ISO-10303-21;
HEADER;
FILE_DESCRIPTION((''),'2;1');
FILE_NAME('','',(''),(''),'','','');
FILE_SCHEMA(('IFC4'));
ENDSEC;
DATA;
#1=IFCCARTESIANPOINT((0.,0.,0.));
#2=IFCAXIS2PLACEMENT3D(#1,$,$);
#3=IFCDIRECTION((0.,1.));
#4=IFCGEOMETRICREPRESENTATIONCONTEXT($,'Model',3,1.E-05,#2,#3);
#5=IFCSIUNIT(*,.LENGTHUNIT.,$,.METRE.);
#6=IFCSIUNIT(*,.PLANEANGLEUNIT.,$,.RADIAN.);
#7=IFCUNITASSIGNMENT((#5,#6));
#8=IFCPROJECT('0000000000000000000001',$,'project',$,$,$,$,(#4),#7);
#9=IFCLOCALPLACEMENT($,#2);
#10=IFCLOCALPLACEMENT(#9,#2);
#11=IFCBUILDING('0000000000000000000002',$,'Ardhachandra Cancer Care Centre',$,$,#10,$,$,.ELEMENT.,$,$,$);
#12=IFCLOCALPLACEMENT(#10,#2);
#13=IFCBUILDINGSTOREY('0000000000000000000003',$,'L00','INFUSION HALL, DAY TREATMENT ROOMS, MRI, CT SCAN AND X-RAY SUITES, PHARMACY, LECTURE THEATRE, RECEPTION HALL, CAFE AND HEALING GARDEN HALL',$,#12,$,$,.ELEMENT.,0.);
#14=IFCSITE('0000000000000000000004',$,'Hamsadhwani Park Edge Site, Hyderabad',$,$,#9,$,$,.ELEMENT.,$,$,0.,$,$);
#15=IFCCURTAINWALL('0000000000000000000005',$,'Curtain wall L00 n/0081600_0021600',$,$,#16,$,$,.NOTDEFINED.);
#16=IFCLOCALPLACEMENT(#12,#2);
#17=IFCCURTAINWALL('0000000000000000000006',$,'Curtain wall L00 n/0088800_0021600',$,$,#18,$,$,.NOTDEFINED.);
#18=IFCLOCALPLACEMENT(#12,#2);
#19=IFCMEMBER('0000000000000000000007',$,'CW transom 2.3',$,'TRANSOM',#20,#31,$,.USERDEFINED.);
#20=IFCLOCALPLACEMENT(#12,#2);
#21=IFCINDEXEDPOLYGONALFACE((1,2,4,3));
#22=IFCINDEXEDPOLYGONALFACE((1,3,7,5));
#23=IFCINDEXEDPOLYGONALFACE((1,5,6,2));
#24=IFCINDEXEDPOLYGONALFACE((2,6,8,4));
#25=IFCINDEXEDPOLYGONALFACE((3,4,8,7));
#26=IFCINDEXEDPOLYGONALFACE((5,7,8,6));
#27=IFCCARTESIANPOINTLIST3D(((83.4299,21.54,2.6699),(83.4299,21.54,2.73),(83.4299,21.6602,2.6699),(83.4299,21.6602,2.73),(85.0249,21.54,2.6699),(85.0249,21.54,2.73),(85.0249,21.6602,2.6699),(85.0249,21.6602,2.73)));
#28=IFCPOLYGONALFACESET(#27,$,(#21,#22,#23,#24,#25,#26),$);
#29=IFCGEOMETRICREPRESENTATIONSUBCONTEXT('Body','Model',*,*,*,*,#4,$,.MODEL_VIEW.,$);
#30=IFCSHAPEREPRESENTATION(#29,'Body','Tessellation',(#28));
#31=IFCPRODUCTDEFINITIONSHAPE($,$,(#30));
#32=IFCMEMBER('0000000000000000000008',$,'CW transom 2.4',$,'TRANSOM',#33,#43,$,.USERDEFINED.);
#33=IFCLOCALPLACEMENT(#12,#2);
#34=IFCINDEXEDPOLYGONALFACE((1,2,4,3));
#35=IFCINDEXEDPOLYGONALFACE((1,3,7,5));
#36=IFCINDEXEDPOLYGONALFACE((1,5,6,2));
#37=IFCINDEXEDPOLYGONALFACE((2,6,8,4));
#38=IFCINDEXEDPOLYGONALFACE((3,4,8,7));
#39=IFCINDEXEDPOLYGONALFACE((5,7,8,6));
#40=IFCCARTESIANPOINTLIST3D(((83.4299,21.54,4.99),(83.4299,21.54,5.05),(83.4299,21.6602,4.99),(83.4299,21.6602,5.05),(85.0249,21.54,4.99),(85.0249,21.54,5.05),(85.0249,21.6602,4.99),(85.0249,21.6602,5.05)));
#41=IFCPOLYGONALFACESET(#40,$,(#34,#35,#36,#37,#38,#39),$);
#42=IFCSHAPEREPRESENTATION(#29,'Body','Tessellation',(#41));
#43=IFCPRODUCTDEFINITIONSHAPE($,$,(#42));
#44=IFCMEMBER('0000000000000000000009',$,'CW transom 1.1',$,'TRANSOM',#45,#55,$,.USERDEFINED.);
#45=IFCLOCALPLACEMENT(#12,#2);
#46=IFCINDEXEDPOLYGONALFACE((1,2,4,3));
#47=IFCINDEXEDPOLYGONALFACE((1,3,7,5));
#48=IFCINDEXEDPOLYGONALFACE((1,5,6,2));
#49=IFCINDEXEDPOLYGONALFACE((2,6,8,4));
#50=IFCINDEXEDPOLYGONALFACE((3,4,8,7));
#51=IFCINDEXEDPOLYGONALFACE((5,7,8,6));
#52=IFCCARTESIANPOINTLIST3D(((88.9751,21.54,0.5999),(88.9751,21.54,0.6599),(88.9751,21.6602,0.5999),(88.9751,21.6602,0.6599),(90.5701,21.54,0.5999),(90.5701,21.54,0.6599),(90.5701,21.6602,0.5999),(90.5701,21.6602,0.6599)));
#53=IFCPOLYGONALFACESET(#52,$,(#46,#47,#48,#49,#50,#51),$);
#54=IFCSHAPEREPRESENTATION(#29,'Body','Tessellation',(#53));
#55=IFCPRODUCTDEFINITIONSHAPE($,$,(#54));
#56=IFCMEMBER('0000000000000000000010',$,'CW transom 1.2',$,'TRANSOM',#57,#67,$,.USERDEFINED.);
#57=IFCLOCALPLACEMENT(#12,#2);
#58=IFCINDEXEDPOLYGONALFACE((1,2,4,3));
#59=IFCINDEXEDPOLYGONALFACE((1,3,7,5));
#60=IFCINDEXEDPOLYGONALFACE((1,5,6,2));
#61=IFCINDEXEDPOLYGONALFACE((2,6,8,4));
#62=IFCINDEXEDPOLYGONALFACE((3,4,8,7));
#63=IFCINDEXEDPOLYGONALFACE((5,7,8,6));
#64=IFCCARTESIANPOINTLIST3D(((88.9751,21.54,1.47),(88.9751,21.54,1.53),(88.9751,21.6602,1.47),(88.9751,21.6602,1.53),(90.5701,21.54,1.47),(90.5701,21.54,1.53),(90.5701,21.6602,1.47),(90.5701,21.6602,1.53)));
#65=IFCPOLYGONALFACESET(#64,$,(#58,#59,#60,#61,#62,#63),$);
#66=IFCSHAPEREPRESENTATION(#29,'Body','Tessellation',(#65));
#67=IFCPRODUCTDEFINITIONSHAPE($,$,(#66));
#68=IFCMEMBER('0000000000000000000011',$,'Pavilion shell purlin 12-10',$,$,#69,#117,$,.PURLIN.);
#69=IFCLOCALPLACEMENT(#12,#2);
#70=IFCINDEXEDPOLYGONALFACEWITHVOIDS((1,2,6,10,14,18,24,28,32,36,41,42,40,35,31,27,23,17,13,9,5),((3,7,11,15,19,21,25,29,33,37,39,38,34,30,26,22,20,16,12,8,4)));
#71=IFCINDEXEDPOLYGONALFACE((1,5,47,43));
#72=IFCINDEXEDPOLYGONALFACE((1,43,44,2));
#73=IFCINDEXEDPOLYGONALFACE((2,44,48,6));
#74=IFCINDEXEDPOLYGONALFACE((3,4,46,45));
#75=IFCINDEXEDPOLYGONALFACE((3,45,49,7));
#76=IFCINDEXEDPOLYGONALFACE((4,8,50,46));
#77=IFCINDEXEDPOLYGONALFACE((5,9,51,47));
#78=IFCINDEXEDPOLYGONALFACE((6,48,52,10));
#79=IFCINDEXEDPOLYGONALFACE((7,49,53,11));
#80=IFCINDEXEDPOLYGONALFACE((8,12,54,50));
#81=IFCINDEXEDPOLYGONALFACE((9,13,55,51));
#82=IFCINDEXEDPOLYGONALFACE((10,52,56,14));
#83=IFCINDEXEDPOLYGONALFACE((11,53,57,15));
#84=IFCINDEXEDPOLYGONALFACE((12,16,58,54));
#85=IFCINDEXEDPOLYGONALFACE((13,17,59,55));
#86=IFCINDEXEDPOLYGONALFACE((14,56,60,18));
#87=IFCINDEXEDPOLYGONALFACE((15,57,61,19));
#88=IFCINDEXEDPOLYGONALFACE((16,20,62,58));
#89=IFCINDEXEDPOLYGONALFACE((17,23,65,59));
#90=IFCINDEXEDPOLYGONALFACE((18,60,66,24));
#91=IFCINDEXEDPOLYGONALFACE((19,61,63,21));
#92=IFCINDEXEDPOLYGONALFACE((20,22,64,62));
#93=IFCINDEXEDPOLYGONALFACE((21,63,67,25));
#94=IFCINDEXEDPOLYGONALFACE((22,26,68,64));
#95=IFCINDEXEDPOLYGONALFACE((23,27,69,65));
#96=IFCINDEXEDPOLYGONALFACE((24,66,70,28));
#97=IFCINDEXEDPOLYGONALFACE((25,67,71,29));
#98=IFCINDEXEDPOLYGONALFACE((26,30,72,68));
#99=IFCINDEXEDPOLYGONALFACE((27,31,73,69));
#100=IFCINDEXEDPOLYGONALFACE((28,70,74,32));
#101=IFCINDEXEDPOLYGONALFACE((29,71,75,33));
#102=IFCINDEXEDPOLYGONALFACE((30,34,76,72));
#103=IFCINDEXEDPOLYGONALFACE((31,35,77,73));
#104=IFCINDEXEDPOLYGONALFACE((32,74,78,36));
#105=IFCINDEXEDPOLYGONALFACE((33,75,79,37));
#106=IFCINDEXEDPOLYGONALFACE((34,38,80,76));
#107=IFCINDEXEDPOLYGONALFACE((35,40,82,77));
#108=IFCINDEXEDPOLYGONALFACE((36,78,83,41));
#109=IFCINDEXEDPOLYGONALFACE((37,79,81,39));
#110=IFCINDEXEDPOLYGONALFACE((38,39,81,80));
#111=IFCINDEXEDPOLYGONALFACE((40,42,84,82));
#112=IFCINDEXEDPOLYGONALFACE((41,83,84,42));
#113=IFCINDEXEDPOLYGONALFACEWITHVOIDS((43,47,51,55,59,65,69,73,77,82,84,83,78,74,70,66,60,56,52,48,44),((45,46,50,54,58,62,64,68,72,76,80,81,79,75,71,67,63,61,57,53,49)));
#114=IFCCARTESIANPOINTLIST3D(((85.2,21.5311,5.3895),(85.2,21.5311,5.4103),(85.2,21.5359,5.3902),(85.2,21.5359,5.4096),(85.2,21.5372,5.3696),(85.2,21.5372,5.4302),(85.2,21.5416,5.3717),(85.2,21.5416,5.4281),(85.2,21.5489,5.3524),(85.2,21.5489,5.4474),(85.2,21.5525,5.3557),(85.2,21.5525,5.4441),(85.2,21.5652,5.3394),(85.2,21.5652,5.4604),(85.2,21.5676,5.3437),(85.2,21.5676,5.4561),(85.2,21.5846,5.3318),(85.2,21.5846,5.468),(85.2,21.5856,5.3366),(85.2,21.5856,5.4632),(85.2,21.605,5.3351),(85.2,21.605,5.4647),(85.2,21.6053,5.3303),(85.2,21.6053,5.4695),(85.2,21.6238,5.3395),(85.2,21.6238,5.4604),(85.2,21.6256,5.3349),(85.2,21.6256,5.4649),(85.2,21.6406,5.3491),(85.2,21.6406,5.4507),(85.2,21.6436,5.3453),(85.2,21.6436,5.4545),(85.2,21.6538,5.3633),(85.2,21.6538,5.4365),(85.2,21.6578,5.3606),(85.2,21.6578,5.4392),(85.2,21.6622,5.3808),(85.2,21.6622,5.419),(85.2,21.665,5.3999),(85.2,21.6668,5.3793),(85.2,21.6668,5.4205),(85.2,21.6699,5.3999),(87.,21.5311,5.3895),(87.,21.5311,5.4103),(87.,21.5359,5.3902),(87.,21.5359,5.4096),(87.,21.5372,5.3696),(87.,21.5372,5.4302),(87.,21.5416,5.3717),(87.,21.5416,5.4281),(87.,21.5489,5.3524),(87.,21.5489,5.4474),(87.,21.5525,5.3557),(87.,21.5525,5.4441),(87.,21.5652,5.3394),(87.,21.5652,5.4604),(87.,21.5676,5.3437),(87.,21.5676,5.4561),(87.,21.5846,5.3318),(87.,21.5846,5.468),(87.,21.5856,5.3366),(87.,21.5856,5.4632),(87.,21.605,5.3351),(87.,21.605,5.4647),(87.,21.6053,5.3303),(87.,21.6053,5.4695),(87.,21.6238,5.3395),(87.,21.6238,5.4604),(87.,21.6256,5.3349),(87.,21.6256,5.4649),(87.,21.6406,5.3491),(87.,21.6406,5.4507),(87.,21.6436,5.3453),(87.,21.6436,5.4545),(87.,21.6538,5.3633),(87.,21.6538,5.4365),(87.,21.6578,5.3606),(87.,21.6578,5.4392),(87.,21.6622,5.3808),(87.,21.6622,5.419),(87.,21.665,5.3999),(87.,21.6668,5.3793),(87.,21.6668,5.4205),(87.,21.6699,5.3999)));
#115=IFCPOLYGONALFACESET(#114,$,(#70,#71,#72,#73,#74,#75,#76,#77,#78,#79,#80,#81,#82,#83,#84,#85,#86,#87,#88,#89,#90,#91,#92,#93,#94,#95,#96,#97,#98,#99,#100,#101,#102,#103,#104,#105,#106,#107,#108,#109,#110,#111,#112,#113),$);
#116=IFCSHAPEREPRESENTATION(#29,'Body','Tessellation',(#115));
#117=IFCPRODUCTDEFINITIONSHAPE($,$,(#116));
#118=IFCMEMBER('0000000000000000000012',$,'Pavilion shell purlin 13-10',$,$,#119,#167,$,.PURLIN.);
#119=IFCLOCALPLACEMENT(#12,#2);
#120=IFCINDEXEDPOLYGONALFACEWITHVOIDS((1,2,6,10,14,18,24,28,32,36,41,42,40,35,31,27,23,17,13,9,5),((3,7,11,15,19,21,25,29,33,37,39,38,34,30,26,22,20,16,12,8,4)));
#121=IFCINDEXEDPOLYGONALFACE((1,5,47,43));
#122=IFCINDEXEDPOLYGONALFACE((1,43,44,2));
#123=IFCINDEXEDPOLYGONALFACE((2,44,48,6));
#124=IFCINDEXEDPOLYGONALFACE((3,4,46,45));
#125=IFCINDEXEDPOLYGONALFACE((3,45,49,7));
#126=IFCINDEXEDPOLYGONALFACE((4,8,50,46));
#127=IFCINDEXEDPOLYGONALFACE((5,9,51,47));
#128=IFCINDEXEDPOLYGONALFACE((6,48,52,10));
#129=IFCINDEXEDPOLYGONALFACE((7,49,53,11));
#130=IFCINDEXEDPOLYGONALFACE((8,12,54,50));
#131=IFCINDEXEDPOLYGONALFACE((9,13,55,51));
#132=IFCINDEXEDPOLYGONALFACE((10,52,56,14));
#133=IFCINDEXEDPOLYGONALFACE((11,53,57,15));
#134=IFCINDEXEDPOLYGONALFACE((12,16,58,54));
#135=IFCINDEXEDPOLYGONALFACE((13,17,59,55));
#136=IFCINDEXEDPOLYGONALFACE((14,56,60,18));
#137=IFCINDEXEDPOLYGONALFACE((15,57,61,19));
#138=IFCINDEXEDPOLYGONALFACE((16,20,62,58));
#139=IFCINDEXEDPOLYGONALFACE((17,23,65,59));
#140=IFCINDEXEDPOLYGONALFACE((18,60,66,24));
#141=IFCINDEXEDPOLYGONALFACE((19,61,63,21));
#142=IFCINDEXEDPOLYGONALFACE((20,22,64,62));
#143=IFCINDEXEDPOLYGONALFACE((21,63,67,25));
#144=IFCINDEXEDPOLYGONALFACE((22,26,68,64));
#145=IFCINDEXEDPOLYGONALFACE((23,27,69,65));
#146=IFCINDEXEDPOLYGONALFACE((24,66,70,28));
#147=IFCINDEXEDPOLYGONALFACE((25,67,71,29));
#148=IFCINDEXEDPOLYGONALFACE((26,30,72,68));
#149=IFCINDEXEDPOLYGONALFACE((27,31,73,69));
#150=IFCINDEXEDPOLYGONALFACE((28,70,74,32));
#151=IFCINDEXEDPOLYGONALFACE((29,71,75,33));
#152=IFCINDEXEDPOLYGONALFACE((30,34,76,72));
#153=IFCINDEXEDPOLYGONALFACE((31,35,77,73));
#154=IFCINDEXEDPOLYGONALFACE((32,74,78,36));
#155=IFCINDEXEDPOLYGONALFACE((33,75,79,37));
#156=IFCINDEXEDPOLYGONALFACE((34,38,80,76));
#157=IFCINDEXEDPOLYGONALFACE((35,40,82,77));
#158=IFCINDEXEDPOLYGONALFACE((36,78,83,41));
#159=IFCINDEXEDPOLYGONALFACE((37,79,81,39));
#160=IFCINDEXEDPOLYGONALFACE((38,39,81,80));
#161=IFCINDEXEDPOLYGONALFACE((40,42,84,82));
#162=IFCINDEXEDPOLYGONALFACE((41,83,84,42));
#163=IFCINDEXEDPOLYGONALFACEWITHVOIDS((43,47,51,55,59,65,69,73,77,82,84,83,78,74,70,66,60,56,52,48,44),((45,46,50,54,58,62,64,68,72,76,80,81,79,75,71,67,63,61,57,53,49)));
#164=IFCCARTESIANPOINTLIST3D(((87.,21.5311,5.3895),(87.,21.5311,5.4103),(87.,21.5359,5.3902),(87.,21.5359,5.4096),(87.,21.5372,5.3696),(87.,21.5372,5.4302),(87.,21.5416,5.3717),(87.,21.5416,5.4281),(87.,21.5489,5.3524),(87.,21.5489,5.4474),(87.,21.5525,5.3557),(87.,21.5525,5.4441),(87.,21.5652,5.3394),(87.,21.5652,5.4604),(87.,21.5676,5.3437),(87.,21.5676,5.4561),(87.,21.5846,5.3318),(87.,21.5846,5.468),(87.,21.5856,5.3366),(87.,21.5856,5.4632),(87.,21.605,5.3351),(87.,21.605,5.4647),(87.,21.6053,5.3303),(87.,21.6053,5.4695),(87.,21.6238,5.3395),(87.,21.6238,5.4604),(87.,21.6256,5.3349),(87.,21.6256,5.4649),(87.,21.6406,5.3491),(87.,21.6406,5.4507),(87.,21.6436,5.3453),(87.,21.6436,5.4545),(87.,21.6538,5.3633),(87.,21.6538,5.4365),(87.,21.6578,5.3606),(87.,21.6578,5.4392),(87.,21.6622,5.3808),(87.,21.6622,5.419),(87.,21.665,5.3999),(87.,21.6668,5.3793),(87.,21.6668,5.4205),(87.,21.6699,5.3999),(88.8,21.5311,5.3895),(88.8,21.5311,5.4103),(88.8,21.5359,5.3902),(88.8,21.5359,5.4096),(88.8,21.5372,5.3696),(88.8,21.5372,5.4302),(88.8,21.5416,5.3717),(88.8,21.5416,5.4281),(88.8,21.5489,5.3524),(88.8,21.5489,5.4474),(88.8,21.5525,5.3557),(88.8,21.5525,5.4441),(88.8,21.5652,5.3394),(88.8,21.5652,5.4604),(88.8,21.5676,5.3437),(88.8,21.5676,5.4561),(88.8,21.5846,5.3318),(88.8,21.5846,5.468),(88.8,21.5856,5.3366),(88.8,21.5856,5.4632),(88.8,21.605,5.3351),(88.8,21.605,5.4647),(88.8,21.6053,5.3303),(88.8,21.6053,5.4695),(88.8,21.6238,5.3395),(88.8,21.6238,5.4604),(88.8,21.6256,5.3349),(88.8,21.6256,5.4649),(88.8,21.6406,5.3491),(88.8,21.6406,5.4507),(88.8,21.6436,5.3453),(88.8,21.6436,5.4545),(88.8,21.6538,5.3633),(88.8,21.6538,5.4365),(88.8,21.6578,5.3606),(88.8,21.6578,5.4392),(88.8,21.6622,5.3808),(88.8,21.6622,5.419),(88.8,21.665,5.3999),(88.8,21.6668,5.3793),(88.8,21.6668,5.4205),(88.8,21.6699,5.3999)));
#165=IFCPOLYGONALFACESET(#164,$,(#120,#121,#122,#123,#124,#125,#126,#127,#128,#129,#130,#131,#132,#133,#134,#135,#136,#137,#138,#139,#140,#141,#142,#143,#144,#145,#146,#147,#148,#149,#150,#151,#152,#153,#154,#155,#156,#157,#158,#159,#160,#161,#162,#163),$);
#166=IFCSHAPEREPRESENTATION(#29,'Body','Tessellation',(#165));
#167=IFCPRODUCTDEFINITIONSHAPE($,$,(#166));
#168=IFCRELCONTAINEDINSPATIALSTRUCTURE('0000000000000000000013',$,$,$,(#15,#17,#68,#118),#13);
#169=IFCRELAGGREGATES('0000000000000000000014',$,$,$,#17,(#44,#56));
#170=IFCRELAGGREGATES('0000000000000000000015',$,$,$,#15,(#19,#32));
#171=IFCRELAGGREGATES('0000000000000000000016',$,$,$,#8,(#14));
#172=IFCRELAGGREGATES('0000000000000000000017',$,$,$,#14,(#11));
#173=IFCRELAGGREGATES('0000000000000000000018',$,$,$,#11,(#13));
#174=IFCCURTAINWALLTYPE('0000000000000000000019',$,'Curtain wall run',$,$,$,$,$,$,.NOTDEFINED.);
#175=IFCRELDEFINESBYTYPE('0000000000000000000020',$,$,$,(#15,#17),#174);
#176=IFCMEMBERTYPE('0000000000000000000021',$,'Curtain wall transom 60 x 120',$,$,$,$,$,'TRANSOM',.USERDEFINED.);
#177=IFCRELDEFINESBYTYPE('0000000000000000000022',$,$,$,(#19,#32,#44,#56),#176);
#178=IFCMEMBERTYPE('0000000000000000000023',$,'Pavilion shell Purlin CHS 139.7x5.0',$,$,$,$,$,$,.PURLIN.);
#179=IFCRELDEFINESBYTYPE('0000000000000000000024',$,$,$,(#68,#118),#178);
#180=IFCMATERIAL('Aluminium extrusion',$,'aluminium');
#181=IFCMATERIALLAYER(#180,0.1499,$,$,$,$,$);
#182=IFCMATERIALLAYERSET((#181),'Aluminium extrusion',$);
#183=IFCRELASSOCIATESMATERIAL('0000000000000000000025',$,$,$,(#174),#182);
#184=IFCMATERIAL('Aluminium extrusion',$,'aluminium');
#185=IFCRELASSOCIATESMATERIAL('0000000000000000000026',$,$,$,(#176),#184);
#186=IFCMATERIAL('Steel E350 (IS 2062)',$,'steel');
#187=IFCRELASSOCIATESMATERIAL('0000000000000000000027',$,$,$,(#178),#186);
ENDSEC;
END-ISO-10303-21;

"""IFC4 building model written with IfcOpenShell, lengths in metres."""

from ifc_helpers import new_model, si_unit, direction, frame, origin, origin_2d, place, context, subcontext, project, spatial, rectangle, hollow_circle, extrude, material, layer, layer_set, material_profile, profile_set, type_object, element, aggregate, save


model = new_model("IFC4")

# Units and contexts
model_context = context("Model", 3, precision=1e-05, world=origin(), true_north=direction((0.0, 1.0)))
body_context = subcontext(model_context, "Body", "Model", "MODEL_VIEW")
ifc_project = project(units=[si_unit("LENGTHUNIT", "METRE"), si_unit("PLANEANGLEUNIT", "RADIAN")], contexts=[model_context])

# Site, building, storey
site_placement = place(None, origin())
site = spatial("IfcSite", under=ifc_project, at=site_placement, Name="Hamsadhwani Park Edge Site, Hyderabad", CompositionType="ELEMENT", RefElevation=0.0)
building_placement = place(site_placement, origin())
building = spatial("IfcBuilding", under=site, at=building_placement, Name="Ardhachandra Cancer Care Centre", CompositionType="ELEMENT")
storey_placement = place(building_placement, origin())
storey = spatial("IfcBuildingStorey", under=building, at=storey_placement, Name="L00", Description="INFUSION HALL, DAY TREATMENT ROOMS, MRI, CT SCAN AND X-RAY SUITES, PHARMACY, LECTURE THEATRE, RECEPTION HALL, CAFE AND HEALING GARDEN HALL", CompositionType="ELEMENT", Elevation=0.0)

# Curtain walls
ifc_material_1 = material(Name="Aluminium extrusion", Category="aluminium")
ifc_layer_1 = layer(ifc_material_1, 0.1499)
ifc_layer_set_1 = layer_set([ifc_layer_1], Name="Aluminium extrusion")
curtain_wall_type = type_object("IfcCurtainWallType", Name="Curtain wall run", PredefinedType="NOTDEFINED", material=ifc_layer_set_1)
curtain_wall_1_placement = place(storey_placement, origin())
curtain_wall_1 = element("IfcCurtainWall", 1, at=curtain_wall_1_placement, inside=storey, type_object=curtain_wall_type, Name="Curtain wall L00 n/0081600_0021600", PredefinedType="NOTDEFINED")
curtain_wall_2_placement = place(storey_placement, origin())
curtain_wall_2 = element("IfcCurtainWall", 2, at=curtain_wall_2_placement, inside=storey, type_object=curtain_wall_type, Name="Curtain wall L00 n/0088800_0021600", PredefinedType="NOTDEFINED")

# Members
ifc_material_2 = material(Name="Aluminium extrusion", Category="aluminium")
ifc_material_profile_1 = material_profile(ifc_material_2, rectangle(XDim=0.1201, YDim=0.0601, at=origin_2d()), Name="Curtain wall transom 60 x 120")
ifc_profile_set_1 = profile_set([ifc_material_profile_1], Name="Aluminium extrusion")
member_type_1 = type_object("IfcMemberType", Name="Curtain wall transom 60 x 120", ElementType="TRANSOM", PredefinedType="USERDEFINED", material=ifc_profile_set_1)
member_1_placement = place(storey_placement, frame((83.4299, 21.6001, 2.7), z_axis=(1.0, 0.0, 0.0), x_axis=(0.0, 1.0, 0.0)))
member_1 = element("IfcMember", 3, at=member_1_placement, type_object=member_type_1, Name="CW transom 2.3", ObjectType="TRANSOM", PredefinedType="USERDEFINED", context=body_context, shape_type="SweptSolid", body=[
    extrude(rectangle(XDim=0.1201, YDim=0.0601, at=origin_2d()), origin(), (0.0, 0.0, 1.0), 1.595),
])
member_2_placement = place(storey_placement, frame((83.4299, 21.6001, 5.02), z_axis=(1.0, 0.0, 0.0), x_axis=(0.0, 1.0, 0.0)))
member_2 = element("IfcMember", 4, at=member_2_placement, type_object=member_type_1, Name="CW transom 2.4", ObjectType="TRANSOM", PredefinedType="USERDEFINED", context=body_context, shape_type="SweptSolid", body=[
    extrude(rectangle(XDim=0.1201, YDim=0.0601, at=origin_2d()), origin(), (0.0, 0.0, 1.0), 1.595),
])
member_3_placement = place(storey_placement, frame((88.9751, 21.6001, 0.6299), z_axis=(1.0, 0.0, 0.0), x_axis=(0.0, 1.0, 0.0)))
member_3 = element("IfcMember", 5, at=member_3_placement, type_object=member_type_1, Name="CW transom 1.1", ObjectType="TRANSOM", PredefinedType="USERDEFINED", context=body_context, shape_type="SweptSolid", body=[
    extrude(rectangle(XDim=0.1201, YDim=0.0601, at=origin_2d()), origin(), (0.0, 0.0, 1.0), 1.595),
])
member_4_placement = place(storey_placement, frame((88.9751, 21.6001, 1.5), z_axis=(1.0, 0.0, 0.0), x_axis=(0.0, 1.0, 0.0)))
member_4 = element("IfcMember", 6, at=member_4_placement, type_object=member_type_1, Name="CW transom 1.2", ObjectType="TRANSOM", PredefinedType="USERDEFINED", context=body_context, shape_type="SweptSolid", body=[
    extrude(rectangle(XDim=0.1201, YDim=0.0601, at=origin_2d()), origin(), (0.0, 0.0, 1.0), 1.595),
])
aggregate(curtain_wall_2, [member_3, member_4])

# Members
ifc_material_3 = material(Name="Steel E350 (IS 2062)", Category="steel")
ifc_material_profile_2 = material_profile(ifc_material_3, hollow_circle(Radius=0.0698, WallThickness=0.0049, at=origin_2d()), Name="CHS 139.7x5.0")
ifc_profile_set_2 = profile_set([ifc_material_profile_2], Name="Steel E350 (IS 2062)")
member_type_2 = type_object("IfcMemberType", Name="Pavilion shell Purlin CHS 139.7x5.0", PredefinedType="PURLIN", material=ifc_profile_set_2)
for number, where, z_axis, x_axis, name in (
    (7, (85.2, 21.6001, 5.3999), (1.0, 0.0, 0.0), (0.0, 1.0, 0.0), "Pavilion shell purlin 12-10"),
    (8, (87.0, 21.6001, 5.3999), (1.0, 0.0, 0.0), (0.0, 1.0, 0.0), "Pavilion shell purlin 13-10"),
):
    element("IfcMember", number, at=place(storey_placement, frame(where, z_axis=z_axis, x_axis=x_axis)), inside=storey, type_object=member_type_2, Name=name, PredefinedType="PURLIN", context=body_context, shape_type="SweptSolid", body=[
        extrude(hollow_circle(Radius=0.0698, WallThickness=0.0049, at=origin_2d()), origin(), (0.0, 0.0, 1.0), 1.8),
    ])

aggregate(curtain_wall_1, [member_1, member_2])

save(model, "model.ifc")
